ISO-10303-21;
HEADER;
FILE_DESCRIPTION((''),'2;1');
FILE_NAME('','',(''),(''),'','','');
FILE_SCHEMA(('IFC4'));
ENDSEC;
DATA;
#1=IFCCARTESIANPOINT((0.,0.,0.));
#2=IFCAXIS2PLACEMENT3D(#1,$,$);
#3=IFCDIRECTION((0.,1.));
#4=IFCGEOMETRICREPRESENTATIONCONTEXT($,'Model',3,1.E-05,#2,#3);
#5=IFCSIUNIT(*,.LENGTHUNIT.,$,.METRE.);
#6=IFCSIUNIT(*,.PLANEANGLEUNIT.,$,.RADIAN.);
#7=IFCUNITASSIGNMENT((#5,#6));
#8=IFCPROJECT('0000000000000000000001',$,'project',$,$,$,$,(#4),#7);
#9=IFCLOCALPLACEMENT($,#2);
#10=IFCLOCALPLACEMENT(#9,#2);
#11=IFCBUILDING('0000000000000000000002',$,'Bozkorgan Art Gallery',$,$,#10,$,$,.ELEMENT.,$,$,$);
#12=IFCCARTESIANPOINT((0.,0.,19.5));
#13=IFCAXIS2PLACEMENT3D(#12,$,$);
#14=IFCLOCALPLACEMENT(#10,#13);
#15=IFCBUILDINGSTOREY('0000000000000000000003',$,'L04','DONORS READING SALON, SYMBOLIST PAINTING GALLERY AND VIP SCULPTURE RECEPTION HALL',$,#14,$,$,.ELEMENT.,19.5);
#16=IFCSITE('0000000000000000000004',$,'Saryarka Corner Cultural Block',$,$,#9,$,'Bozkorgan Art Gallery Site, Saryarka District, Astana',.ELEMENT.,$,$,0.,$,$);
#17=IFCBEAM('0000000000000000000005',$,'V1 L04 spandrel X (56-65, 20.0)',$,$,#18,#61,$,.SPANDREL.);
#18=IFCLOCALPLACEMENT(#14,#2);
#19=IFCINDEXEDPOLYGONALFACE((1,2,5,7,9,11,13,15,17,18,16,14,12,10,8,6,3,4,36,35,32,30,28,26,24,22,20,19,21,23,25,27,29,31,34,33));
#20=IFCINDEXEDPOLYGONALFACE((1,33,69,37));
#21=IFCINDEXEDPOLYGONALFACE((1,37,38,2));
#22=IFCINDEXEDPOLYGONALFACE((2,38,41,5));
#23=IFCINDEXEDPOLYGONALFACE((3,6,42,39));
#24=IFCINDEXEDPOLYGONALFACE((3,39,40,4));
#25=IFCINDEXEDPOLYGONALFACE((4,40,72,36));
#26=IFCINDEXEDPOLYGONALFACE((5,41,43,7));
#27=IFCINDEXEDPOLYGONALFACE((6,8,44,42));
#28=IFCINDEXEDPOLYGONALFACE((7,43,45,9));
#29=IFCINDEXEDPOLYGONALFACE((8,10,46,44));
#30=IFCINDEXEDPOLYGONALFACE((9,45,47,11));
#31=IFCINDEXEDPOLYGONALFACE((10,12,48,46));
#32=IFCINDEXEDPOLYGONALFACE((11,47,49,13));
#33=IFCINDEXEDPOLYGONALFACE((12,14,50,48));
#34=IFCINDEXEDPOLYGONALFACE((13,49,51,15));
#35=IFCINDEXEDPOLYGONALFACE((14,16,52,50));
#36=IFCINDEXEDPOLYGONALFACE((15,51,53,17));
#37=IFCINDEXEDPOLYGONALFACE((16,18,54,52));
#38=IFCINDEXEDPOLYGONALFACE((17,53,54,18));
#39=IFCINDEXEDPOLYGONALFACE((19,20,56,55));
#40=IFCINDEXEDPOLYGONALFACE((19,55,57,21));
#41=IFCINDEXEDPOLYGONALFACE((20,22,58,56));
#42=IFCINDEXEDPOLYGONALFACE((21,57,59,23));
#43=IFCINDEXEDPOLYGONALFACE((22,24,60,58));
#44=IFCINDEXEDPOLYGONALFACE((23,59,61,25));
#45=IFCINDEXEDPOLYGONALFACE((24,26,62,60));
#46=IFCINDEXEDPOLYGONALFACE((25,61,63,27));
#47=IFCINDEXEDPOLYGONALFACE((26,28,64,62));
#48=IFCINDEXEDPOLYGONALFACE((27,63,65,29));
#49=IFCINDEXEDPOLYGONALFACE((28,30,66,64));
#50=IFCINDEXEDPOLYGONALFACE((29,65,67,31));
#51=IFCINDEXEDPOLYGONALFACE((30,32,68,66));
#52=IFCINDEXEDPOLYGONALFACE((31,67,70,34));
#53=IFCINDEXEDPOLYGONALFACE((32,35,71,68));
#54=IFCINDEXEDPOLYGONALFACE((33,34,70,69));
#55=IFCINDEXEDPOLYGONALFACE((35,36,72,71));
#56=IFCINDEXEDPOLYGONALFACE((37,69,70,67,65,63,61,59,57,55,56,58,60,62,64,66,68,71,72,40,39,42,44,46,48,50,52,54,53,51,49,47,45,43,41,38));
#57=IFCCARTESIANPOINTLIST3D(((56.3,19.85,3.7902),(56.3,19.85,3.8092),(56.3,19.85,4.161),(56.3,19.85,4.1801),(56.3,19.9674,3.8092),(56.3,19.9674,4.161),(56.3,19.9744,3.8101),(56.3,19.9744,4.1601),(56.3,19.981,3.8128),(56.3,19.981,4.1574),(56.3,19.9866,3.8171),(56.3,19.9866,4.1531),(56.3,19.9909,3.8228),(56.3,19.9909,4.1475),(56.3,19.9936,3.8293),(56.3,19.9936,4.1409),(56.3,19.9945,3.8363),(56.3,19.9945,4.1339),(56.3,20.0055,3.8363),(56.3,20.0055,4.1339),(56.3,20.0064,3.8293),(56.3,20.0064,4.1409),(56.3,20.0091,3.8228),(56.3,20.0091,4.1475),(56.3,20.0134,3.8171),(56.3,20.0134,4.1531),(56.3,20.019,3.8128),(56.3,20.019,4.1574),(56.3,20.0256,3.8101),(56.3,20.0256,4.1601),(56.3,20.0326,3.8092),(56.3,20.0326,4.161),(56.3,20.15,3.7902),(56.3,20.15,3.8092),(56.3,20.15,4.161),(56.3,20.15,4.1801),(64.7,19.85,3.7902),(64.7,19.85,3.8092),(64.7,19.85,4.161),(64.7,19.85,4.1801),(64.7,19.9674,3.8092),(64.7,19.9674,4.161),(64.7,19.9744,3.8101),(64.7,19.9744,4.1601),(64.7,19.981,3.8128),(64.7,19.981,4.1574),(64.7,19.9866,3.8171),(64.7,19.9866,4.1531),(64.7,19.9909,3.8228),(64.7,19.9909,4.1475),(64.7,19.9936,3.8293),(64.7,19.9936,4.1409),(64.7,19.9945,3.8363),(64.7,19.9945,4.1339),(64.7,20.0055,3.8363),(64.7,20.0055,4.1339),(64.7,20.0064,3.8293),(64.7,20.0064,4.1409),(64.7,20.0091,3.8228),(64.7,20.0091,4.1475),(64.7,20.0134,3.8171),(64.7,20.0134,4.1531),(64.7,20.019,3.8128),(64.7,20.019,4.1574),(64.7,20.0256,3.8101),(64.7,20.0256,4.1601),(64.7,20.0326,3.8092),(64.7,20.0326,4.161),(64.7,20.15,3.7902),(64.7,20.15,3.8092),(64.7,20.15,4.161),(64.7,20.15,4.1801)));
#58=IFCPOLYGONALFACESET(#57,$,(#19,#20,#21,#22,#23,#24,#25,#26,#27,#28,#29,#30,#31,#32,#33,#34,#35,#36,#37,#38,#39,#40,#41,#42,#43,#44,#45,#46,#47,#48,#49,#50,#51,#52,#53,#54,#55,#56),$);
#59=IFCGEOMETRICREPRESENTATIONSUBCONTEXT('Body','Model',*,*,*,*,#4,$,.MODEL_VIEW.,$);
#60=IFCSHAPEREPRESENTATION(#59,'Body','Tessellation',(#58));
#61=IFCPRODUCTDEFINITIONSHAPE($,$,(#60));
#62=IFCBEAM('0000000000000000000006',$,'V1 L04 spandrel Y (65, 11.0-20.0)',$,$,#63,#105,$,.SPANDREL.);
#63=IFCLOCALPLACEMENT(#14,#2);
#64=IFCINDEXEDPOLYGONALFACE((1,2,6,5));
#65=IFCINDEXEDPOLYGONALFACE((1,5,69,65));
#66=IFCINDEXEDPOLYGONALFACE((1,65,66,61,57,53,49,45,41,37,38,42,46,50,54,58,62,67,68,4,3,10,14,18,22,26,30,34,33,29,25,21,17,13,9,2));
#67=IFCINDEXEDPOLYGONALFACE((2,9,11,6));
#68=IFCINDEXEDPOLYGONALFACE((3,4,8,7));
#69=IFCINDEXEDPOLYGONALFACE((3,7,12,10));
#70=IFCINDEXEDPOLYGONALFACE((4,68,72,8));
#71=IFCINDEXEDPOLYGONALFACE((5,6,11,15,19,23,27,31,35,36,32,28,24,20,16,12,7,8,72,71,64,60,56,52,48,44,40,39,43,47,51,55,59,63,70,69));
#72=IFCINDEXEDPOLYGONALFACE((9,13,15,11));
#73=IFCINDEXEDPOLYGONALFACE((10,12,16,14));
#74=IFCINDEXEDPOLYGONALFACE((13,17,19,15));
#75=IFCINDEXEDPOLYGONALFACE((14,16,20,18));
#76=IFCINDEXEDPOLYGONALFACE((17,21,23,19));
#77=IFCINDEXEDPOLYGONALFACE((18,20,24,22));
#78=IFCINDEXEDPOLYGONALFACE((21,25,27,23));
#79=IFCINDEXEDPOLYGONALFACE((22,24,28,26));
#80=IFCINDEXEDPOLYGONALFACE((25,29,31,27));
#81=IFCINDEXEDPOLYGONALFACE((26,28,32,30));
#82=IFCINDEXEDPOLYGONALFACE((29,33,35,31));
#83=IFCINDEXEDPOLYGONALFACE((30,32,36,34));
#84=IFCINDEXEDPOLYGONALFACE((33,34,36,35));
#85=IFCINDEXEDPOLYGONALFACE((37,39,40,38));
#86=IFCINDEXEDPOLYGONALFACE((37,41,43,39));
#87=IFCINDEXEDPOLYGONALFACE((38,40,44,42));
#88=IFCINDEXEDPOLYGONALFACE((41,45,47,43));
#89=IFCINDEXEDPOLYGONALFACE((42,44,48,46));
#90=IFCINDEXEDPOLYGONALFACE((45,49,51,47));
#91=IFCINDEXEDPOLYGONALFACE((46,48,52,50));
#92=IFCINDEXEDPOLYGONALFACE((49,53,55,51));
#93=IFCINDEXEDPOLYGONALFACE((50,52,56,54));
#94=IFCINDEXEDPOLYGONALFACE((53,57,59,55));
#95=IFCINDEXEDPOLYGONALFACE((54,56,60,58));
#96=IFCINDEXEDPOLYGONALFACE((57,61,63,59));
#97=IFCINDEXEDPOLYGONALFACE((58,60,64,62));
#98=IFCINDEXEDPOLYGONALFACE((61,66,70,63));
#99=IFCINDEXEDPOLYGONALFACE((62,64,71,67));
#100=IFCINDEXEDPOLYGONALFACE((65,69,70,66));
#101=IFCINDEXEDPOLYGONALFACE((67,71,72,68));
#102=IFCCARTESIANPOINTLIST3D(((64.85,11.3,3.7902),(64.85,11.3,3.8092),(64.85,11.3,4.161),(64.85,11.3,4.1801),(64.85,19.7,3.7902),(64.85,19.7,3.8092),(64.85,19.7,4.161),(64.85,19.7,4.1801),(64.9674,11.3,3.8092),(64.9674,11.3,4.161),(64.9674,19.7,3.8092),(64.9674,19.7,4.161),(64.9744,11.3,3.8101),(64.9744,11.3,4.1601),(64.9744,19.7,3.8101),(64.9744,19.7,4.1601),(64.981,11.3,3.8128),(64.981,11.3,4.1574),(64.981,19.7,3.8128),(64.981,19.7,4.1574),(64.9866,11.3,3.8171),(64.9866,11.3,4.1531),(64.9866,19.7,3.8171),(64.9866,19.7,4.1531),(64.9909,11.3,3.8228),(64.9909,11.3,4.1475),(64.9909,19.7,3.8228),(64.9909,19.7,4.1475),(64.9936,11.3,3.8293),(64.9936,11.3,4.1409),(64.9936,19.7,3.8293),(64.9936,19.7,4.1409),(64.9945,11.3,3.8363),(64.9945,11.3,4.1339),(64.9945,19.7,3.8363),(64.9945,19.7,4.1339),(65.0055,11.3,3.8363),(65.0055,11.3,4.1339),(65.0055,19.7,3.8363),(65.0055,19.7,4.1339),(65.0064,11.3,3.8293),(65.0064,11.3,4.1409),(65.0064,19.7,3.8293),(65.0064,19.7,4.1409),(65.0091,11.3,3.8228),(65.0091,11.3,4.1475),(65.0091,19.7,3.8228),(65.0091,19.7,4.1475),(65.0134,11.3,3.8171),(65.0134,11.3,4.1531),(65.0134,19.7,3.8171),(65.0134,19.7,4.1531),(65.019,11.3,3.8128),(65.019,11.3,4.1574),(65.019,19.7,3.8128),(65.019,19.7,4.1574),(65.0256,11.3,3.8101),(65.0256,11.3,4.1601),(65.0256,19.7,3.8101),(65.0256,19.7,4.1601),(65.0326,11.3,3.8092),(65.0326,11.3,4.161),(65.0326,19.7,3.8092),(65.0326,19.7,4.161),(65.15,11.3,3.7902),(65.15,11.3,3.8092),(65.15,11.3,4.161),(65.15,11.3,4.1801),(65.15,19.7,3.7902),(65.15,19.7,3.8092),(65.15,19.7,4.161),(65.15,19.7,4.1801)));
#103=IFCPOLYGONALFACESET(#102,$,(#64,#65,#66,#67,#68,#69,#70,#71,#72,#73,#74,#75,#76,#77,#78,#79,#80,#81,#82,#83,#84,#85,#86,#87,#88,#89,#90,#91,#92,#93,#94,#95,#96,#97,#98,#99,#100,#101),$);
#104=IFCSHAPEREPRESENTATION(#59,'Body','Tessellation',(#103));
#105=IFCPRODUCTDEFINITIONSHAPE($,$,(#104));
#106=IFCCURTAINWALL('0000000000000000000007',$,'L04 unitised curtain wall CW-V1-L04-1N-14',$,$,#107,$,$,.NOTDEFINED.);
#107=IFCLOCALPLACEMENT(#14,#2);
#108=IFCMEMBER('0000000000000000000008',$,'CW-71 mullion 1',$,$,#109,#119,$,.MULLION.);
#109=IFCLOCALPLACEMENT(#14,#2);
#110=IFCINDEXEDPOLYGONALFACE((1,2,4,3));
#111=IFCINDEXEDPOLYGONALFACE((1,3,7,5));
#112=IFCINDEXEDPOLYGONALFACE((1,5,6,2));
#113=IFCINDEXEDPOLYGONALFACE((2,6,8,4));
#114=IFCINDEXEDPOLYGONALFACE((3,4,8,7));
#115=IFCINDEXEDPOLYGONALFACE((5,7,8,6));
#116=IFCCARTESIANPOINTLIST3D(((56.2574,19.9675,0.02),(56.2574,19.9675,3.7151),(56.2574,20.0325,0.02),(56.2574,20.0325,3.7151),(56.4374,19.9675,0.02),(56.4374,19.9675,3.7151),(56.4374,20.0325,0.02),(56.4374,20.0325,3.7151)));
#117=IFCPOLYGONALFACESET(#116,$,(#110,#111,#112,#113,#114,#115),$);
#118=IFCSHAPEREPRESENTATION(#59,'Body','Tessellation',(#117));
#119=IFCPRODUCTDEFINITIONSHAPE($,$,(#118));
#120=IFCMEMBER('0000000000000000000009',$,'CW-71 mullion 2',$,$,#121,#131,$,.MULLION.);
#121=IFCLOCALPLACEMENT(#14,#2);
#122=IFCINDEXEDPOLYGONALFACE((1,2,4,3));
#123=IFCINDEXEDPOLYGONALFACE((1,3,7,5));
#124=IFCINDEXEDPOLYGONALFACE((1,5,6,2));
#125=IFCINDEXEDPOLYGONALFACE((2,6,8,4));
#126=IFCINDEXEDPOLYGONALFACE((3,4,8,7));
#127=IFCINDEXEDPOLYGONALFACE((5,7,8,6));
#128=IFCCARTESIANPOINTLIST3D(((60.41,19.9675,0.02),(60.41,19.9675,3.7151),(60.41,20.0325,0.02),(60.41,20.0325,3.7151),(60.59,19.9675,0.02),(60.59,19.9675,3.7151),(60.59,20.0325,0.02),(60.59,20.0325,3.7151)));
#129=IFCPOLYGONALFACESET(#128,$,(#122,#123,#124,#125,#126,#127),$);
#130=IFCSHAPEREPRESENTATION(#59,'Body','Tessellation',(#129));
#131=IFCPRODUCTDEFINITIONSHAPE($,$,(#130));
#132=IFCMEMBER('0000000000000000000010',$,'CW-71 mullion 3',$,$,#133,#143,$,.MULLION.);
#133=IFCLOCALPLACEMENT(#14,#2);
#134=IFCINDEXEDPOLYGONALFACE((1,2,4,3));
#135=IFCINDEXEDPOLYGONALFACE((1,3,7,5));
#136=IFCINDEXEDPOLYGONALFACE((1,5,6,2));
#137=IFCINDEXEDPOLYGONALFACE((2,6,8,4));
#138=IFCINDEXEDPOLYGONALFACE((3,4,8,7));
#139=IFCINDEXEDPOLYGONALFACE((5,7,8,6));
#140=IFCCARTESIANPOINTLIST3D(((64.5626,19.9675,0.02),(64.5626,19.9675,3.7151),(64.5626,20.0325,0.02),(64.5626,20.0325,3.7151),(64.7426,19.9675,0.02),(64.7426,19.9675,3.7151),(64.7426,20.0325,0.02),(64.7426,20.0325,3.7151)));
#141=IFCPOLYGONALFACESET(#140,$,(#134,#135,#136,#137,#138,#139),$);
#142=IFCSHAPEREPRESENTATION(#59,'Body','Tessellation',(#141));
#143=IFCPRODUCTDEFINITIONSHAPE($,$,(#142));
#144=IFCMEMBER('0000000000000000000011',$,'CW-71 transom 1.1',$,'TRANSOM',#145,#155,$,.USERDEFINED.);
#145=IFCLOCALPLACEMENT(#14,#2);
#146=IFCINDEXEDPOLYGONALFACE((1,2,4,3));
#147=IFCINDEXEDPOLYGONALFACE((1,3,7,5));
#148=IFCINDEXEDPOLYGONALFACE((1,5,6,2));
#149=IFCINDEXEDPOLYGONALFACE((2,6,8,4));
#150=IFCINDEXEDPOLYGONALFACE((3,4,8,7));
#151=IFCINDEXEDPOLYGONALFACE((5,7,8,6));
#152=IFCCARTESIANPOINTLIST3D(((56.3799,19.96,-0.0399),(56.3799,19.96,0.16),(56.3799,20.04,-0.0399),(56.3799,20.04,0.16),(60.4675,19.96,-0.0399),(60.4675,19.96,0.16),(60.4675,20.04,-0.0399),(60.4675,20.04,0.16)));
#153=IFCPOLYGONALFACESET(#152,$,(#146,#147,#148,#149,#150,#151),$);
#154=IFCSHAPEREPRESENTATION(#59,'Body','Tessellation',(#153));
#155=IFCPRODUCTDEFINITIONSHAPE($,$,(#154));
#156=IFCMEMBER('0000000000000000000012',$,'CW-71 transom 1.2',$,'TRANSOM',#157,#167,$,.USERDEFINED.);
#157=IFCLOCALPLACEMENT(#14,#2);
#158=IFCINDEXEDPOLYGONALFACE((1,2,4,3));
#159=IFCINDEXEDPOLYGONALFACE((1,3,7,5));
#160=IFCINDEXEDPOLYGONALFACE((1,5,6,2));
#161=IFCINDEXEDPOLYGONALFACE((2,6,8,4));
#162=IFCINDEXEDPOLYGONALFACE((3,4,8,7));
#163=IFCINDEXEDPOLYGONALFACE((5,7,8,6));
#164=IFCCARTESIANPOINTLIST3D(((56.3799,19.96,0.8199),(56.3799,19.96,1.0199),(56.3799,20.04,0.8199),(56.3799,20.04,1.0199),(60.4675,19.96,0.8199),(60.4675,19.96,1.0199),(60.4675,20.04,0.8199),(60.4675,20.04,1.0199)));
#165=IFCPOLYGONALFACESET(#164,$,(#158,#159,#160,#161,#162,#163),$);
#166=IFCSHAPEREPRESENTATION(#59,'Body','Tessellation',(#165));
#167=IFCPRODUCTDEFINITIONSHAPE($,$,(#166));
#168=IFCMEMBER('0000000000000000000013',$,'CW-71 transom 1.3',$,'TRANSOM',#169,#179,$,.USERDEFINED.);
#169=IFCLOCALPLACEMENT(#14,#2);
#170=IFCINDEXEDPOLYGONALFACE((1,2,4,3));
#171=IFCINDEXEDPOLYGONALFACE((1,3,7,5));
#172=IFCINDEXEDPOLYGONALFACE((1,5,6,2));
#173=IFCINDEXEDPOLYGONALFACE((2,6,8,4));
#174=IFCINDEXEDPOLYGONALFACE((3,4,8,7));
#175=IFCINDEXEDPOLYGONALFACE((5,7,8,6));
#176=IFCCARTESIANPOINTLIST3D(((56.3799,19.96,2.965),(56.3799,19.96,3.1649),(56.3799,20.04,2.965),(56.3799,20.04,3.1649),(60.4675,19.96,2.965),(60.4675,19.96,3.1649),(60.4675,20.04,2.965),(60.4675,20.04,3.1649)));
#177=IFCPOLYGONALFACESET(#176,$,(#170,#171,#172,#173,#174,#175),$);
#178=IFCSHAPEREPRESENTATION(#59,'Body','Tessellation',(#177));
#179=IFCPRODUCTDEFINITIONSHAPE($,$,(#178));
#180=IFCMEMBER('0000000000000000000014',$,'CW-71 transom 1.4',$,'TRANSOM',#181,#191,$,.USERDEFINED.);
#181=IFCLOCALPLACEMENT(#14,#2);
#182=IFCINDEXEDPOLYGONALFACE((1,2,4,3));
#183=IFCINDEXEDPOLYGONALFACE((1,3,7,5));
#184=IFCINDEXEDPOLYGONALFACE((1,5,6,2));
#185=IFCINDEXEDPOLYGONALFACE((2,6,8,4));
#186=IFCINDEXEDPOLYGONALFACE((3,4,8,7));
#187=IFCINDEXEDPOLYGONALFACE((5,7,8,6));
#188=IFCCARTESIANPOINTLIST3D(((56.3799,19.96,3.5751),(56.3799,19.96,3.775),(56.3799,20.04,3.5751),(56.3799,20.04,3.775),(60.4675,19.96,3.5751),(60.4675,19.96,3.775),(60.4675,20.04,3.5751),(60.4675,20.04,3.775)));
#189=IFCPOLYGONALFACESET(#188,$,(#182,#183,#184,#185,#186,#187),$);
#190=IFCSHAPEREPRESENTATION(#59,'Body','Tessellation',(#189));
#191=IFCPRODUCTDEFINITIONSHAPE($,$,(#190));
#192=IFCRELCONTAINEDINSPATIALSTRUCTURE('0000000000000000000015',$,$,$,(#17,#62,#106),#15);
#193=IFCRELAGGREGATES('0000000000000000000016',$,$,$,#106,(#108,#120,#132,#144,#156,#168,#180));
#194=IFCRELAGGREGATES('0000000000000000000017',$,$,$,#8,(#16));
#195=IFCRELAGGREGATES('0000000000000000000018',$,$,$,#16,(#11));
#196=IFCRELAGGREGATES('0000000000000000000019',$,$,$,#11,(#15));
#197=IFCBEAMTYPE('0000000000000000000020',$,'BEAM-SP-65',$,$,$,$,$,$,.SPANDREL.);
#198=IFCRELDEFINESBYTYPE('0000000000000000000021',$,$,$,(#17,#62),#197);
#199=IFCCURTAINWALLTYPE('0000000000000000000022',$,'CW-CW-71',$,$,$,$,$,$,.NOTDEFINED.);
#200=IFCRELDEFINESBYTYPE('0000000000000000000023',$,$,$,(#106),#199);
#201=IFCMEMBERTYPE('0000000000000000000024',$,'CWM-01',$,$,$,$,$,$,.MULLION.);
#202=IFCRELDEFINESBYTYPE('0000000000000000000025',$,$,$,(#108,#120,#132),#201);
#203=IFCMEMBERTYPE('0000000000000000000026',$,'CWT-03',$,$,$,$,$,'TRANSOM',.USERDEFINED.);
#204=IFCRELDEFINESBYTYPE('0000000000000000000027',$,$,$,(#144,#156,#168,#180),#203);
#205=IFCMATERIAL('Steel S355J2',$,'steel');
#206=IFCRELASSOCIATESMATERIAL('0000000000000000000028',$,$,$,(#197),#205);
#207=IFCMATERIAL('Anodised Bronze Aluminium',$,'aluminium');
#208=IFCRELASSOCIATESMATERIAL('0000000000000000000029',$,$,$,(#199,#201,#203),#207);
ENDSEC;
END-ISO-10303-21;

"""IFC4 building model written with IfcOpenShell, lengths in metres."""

from ifc_helpers import new_model, si_unit, direction, frame, origin, origin_2d, place, context, subcontext, project, spatial, rectangle, i_section, extrude, material, material_profile, profile_set, type_object, element, aggregate, save


model = new_model("IFC4")

# Units and contexts
model_context = context("Model", 3, precision=1e-05, world=origin(), true_north=direction((0.0, 1.0)))
body_context = subcontext(model_context, "Body", "Model", "MODEL_VIEW")
ifc_project = project(units=[si_unit("LENGTHUNIT", "METRE"), si_unit("PLANEANGLEUNIT", "RADIAN")], contexts=[model_context])

# Site, building, storey
site_placement = place(None, origin())
site = spatial("IfcSite", under=ifc_project, at=site_placement, Name="Saryarka Corner Cultural Block", LongName="Bozkorgan Art Gallery Site, Saryarka District, Astana", CompositionType="ELEMENT", RefElevation=0.0)
building_placement = place(site_placement, origin())
building = spatial("IfcBuilding", under=site, at=building_placement, Name="Bozkorgan Art Gallery", CompositionType="ELEMENT")
storey_placement = place(building_placement, frame((0.0, 0.0, 19.5)))
storey = spatial("IfcBuildingStorey", under=building, at=storey_placement, Name="L04", Description="DONORS READING SALON, SYMBOLIST PAINTING GALLERY AND VIP SCULPTURE RECEPTION HALL", CompositionType="ELEMENT", Elevation=19.5)

# Beams
ifc_material_1 = material(Name="Steel S355J2", Category="steel")
ifc_material_profile_1 = material_profile(ifc_material_1, i_section(OverallWidth=0.3, OverallDepth=0.3899, WebThickness=0.011, FlangeThickness=0.019, FilletRadius=0.0271, at=origin_2d()), Name="HEA 400")
ifc_profile_set_1 = profile_set([ifc_material_profile_1], Name="Steel S355J2")
beam_type_1 = type_object("IfcBeamType", Name="BEAM-SP-65", PredefinedType="SPANDREL", material=ifc_profile_set_1)
for number, where, z_axis, x_axis, name in (
    (1, (56.3, 20.0, 3.9851), (1.0, 0.0, 0.0), (0.0, 1.0, 0.0), "V1 L04 spandrel X (56-65, 20.0)"),
    (2, (65.0, 11.3, 3.9851), (0.0, 1.0, 0.0), (-1.0, 0.0, 0.0), "V1 L04 spandrel Y (65, 11.0-20.0)"),
):
    element("IfcBeam", number, at=place(storey_placement, frame(where, z_axis=z_axis, x_axis=x_axis)), inside=storey, type_object=beam_type_1, Name=name, PredefinedType="SPANDREL", context=body_context, shape_type="SweptSolid", body=[
        extrude(i_section(OverallWidth=0.3, OverallDepth=0.3899, WebThickness=0.011, FlangeThickness=0.019, FilletRadius=0.0271, at=origin_2d()), origin(), (0.0, 0.0, 1.0), 8.3999),
    ])

# Curtain wall, members
ifc_material_2 = material(Name="Anodised Bronze Aluminium", Category="aluminium")
curtain_wall_type = type_object("IfcCurtainWallType", Name="CW-CW-71", PredefinedType="NOTDEFINED", material=ifc_material_2)
curtain_wall_placement = place(storey_placement, origin())
curtain_wall = element("IfcCurtainWall", 3, at=curtain_wall_placement, inside=storey, type_object=curtain_wall_type, Name="L04 unitised curtain wall CW-V1-L04-1N-14", PredefinedType="NOTDEFINED")
ifc_material_profile_2 = material_profile(ifc_material_2, rectangle(XDim=0.0649, YDim=0.1799, at=origin_2d()), Name="ALU MULLION 65x180")
ifc_profile_set_2 = profile_set([ifc_material_profile_2], Name="Anodised Bronze Aluminium")
member_type_1 = type_object("IfcMemberType", Name="CWM-01", PredefinedType="MULLION", material=ifc_profile_set_2)
member_1_placement = place(storey_placement, frame((56.3474, 20.0, 0.02), z_axis=(0.0, 0.0, 1.0), x_axis=(0.0, 1.0, 0.0)))
member_1 = element("IfcMember", 4, at=member_1_placement, type_object=member_type_1, Name="CW-71 mullion 1", PredefinedType="MULLION", context=body_context, shape_type="SweptSolid", body=[
    extrude(rectangle(XDim=0.0649, YDim=0.1799, at=origin_2d()), origin(), (0.0, 0.0, 1.0), 3.6951),
])
member_2_placement = place(storey_placement, frame((60.5, 20.0, 0.02), z_axis=(0.0, 0.0, 1.0), x_axis=(0.0, 1.0, 0.0)))
member_2 = element("IfcMember", 5, at=member_2_placement, type_object=member_type_1, Name="CW-71 mullion 2", PredefinedType="MULLION", context=body_context, shape_type="SweptSolid", body=[
    extrude(rectangle(XDim=0.0649, YDim=0.1799, at=origin_2d()), origin(), (0.0, 0.0, 1.0), 3.6951),
])
member_3_placement = place(storey_placement, frame((64.6526, 20.0, 0.02), z_axis=(0.0, 0.0, 1.0), x_axis=(0.0, 1.0, 0.0)))
member_3 = element("IfcMember", 6, at=member_3_placement, type_object=member_type_1, Name="CW-71 mullion 3", PredefinedType="MULLION", context=body_context, shape_type="SweptSolid", body=[
    extrude(rectangle(XDim=0.0649, YDim=0.1799, at=origin_2d()), origin(), (0.0, 0.0, 1.0), 3.6951),
])
ifc_material_profile_3 = material_profile(ifc_material_2, rectangle(XDim=0.0801, YDim=0.2, at=origin_2d()), Name="ALU TRANSOM 80x200")
ifc_profile_set_3 = profile_set([ifc_material_profile_3], Name="Anodised Bronze Aluminium")
member_type_2 = type_object("IfcMemberType", Name="CWT-03", ElementType="TRANSOM", PredefinedType="USERDEFINED", material=ifc_profile_set_3)
member_4_placement = place(storey_placement, frame((56.3799, 20.0, 0.0601), z_axis=(1.0, 0.0, 0.0), x_axis=(0.0, 1.0, 0.0)))
member_4 = element("IfcMember", 7, at=member_4_placement, type_object=member_type_2, Name="CW-71 transom 1.1", ObjectType="TRANSOM", PredefinedType="USERDEFINED", context=body_context, shape_type="SweptSolid", body=[
    extrude(rectangle(XDim=0.0801, YDim=0.2, at=origin_2d()), origin(), (0.0, 0.0, 1.0), 4.0876),
])
member_5_placement = place(storey_placement, frame((56.3799, 20.0, 0.9199), z_axis=(1.0, 0.0, 0.0), x_axis=(0.0, 1.0, 0.0)))
member_5 = element("IfcMember", 8, at=member_5_placement, type_object=member_type_2, Name="CW-71 transom 1.2", ObjectType="TRANSOM", PredefinedType="USERDEFINED", context=body_context, shape_type="SweptSolid", body=[
    extrude(rectangle(XDim=0.0801, YDim=0.2, at=origin_2d()), origin(), (0.0, 0.0, 1.0), 4.0876),
])
member_6_placement = place(storey_placement, frame((56.3799, 20.0, 3.0649), z_axis=(1.0, 0.0, 0.0), x_axis=(0.0, 1.0, 0.0)))
member_6 = element("IfcMember", 9, at=member_6_placement, type_object=member_type_2, Name="CW-71 transom 1.3", ObjectType="TRANSOM", PredefinedType="USERDEFINED", context=body_context, shape_type="SweptSolid", body=[
    extrude(rectangle(XDim=0.0801, YDim=0.2, at=origin_2d()), origin(), (0.0, 0.0, 1.0), 4.0876),
])
member_7_placement = place(storey_placement, frame((56.3799, 20.0, 3.675), z_axis=(1.0, 0.0, 0.0), x_axis=(0.0, 1.0, 0.0)))
member_7 = element("IfcMember", 10, at=member_7_placement, type_object=member_type_2, Name="CW-71 transom 1.4", ObjectType="TRANSOM", PredefinedType="USERDEFINED", context=body_context, shape_type="SweptSolid", body=[
    extrude(rectangle(XDim=0.0801, YDim=0.2, at=origin_2d()), origin(), (0.0, 0.0, 1.0), 4.0876),
])
aggregate(curtain_wall, [member_1, member_2, member_3, member_4, member_5, member_6, member_7])

save(model, "model.ifc")
